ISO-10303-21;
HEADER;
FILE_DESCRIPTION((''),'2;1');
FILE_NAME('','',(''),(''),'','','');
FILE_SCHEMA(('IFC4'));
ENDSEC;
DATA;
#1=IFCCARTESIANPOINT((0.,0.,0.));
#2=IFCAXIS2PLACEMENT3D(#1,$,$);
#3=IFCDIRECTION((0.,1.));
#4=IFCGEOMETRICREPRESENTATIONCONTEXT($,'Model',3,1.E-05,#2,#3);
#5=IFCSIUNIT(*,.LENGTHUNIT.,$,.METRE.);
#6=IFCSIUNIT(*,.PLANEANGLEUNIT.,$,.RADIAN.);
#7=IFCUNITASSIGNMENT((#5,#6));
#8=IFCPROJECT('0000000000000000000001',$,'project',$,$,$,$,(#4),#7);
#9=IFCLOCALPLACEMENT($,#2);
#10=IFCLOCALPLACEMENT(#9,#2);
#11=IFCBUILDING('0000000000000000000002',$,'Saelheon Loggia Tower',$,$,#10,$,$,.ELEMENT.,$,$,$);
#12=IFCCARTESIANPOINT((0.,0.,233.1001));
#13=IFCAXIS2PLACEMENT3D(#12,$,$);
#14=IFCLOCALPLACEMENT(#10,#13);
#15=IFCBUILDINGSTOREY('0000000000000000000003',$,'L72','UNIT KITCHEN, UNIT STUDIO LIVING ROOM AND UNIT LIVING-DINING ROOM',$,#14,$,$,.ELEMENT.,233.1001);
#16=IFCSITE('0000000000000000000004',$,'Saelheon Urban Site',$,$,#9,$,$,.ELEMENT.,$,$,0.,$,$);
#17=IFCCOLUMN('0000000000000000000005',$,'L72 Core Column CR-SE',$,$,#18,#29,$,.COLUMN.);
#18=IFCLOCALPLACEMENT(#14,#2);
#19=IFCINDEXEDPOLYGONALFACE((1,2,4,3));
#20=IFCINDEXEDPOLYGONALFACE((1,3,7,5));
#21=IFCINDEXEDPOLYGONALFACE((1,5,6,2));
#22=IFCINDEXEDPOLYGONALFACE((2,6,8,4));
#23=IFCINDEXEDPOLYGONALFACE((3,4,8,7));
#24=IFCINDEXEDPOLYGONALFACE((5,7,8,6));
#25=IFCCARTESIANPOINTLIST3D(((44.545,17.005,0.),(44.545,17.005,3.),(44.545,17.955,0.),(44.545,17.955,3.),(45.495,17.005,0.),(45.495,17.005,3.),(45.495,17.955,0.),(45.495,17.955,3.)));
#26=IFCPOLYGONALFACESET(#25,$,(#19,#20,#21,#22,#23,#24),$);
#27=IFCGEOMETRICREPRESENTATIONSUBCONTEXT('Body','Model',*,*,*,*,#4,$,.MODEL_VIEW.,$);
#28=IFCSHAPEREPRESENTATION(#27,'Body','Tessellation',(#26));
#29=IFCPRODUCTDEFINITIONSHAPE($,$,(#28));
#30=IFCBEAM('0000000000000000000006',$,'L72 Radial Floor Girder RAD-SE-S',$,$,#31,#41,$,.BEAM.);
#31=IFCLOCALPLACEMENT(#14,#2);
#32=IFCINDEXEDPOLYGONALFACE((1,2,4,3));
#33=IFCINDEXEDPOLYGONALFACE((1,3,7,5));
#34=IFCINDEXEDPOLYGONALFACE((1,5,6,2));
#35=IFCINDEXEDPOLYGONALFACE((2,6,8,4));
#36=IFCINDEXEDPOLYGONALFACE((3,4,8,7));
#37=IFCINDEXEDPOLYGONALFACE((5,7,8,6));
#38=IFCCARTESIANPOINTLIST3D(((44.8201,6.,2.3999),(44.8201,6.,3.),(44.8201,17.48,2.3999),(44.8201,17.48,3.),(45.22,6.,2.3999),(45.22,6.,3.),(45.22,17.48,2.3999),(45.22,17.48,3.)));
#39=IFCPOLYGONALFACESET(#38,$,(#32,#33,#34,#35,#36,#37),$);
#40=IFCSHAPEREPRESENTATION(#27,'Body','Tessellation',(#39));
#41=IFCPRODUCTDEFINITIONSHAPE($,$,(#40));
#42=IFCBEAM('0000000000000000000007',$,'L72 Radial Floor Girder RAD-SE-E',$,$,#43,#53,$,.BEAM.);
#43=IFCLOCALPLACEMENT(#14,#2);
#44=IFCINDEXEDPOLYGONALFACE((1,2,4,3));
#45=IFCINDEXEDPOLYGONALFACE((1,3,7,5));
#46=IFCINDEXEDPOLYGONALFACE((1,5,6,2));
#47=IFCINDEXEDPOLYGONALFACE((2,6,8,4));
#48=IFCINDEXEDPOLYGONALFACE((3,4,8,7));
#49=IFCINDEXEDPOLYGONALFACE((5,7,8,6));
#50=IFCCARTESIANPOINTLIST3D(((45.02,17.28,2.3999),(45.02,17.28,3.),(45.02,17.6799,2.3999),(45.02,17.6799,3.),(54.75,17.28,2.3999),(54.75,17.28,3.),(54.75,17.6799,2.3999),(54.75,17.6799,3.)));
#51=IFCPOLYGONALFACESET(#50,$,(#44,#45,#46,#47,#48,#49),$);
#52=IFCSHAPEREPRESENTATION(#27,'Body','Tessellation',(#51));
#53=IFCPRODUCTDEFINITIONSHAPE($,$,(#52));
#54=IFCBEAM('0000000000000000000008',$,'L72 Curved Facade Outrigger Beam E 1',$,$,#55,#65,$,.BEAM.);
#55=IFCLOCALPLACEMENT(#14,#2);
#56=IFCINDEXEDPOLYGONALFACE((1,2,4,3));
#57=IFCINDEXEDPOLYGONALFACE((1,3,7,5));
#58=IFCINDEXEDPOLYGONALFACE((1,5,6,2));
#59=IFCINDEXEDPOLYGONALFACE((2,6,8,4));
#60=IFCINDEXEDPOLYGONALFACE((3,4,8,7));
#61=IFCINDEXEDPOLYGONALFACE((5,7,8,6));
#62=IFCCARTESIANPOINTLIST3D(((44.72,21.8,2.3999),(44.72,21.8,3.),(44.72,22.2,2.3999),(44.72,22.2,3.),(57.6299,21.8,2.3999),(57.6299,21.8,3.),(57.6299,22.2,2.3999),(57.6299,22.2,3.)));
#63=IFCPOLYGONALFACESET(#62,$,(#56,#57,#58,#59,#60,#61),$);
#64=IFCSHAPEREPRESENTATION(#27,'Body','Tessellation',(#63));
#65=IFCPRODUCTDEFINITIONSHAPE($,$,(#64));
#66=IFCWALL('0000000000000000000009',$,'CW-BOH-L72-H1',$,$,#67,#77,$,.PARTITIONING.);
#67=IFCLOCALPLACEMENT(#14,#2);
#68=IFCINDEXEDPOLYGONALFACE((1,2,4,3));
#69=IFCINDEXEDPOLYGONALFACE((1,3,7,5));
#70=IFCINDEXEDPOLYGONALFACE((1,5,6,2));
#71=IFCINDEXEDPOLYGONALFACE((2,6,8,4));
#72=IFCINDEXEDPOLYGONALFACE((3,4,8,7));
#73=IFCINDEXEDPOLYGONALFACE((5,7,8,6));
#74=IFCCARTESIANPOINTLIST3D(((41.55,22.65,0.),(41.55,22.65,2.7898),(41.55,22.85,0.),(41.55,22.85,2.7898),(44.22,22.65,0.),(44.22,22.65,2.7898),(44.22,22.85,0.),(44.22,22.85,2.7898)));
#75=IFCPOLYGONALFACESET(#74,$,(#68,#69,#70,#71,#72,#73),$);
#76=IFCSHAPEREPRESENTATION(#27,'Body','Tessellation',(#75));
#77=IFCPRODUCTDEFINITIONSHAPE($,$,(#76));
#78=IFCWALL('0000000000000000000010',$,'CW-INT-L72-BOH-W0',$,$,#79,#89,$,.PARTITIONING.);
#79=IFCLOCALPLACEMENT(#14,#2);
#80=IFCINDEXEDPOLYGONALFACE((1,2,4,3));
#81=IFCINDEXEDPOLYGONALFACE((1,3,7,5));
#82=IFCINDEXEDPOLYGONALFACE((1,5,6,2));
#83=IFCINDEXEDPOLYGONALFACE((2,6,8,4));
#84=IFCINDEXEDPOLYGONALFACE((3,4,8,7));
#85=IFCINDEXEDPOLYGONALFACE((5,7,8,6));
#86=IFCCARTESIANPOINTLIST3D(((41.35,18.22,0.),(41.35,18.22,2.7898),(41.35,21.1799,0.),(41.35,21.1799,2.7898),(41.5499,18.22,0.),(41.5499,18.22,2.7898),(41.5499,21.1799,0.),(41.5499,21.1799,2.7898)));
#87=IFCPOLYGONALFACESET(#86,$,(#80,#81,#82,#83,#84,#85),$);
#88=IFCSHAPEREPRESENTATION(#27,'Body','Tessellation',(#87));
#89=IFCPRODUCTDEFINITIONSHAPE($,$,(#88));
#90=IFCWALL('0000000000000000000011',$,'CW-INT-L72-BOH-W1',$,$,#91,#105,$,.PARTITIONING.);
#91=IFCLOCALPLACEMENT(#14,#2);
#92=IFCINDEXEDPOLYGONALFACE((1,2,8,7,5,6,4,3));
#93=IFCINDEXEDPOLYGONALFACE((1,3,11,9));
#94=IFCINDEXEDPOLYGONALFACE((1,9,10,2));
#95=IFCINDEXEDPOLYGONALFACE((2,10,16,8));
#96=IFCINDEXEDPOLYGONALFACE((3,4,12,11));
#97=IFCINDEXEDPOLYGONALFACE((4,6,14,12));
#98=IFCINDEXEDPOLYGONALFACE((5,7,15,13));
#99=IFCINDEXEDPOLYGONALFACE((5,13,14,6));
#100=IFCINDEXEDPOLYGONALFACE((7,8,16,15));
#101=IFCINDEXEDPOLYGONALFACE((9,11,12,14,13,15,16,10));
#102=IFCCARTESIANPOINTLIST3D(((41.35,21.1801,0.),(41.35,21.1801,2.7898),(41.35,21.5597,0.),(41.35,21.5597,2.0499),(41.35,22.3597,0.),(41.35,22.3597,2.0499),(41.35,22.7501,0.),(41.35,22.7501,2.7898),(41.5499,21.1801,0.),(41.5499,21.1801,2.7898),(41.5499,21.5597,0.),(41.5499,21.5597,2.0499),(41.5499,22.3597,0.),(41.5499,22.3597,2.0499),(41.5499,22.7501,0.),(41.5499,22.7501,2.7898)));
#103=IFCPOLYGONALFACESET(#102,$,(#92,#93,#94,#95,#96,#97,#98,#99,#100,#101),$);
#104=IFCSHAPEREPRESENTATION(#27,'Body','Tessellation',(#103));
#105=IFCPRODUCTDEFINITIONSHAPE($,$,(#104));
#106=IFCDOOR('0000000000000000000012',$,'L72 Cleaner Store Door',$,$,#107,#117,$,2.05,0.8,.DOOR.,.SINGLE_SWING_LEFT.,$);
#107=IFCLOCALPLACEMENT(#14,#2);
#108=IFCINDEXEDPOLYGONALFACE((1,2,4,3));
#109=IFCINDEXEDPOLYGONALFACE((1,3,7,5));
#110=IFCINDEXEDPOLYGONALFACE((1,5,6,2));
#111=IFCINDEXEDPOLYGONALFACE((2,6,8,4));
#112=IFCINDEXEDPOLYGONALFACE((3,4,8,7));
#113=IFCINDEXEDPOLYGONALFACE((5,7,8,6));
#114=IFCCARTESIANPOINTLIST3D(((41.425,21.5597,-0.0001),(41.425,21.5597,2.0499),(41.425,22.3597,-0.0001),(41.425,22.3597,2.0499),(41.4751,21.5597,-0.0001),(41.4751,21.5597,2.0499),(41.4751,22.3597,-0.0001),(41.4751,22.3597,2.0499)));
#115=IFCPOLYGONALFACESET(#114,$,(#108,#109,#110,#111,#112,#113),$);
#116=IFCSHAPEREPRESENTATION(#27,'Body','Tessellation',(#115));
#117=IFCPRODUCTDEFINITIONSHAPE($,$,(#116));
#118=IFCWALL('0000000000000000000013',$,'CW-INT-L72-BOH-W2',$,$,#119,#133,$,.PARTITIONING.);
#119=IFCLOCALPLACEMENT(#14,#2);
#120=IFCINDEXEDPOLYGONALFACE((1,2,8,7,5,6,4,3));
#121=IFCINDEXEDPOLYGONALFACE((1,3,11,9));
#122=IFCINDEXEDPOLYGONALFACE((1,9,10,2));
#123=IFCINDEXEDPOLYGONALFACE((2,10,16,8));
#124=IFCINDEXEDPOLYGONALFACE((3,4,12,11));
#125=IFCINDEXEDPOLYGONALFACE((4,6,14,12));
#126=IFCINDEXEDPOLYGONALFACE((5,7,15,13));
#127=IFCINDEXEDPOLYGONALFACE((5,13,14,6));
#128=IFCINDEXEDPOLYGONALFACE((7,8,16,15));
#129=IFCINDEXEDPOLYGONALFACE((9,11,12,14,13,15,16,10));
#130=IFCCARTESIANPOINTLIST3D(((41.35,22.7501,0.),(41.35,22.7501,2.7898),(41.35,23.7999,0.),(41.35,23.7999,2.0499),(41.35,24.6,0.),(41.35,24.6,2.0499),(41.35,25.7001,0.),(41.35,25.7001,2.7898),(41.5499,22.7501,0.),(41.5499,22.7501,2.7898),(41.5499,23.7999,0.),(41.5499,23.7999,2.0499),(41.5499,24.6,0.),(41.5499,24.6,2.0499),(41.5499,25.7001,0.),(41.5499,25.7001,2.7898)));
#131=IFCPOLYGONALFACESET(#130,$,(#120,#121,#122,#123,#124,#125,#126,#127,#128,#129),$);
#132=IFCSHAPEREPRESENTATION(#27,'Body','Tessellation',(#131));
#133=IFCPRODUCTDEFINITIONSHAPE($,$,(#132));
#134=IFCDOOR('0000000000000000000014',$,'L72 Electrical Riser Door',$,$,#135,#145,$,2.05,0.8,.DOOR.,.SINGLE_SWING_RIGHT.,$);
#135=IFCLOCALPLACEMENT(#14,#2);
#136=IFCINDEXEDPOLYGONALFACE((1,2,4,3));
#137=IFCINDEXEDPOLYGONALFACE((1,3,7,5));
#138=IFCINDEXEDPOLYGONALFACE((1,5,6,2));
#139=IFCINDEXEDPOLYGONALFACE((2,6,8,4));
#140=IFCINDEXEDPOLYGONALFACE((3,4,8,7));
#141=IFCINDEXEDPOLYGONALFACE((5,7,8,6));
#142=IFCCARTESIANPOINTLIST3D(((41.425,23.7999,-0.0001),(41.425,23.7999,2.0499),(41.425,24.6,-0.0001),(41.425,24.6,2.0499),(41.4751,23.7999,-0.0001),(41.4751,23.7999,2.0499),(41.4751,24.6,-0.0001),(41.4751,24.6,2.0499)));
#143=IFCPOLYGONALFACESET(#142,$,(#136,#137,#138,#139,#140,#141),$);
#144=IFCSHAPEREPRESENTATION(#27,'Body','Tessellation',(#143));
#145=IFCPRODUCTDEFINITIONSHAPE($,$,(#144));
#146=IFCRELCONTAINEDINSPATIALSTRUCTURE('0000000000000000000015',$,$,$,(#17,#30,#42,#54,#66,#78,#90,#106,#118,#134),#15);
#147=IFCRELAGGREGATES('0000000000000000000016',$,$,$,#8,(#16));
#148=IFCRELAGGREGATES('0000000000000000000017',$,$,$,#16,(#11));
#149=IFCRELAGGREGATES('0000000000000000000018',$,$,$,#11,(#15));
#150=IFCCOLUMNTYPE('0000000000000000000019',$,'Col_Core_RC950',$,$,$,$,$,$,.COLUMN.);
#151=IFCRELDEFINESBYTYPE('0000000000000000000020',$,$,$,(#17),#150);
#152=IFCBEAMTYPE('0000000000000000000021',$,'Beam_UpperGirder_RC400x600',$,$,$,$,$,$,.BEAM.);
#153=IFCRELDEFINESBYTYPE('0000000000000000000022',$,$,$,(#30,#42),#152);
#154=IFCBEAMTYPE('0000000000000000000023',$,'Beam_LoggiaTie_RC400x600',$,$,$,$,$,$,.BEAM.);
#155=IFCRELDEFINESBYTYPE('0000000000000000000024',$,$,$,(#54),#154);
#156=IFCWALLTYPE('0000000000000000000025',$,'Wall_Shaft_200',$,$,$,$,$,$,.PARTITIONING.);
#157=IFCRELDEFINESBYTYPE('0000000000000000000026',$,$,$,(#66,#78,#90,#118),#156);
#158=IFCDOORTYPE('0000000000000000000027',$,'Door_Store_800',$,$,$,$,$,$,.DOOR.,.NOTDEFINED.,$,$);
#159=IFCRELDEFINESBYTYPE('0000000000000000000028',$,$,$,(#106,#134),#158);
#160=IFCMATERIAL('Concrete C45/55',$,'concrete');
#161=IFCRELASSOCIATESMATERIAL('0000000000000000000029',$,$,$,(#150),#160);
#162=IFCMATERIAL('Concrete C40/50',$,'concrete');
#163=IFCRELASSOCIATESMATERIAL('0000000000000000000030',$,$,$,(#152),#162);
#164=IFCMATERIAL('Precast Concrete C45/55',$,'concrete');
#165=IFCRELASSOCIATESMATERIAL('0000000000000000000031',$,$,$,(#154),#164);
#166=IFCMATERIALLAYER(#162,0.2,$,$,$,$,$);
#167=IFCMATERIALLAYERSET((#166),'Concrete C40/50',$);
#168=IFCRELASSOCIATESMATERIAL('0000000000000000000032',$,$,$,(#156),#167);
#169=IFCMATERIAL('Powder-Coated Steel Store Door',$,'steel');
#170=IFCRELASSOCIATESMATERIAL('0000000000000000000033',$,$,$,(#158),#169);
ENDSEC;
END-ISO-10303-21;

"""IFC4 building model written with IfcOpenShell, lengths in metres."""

from ifc_helpers import new_model, si_unit, direction, frame, frame_2d, origin, origin_2d, place, context, subcontext, project, spatial, rectangle, extrude, source, transform, mapped, material, layer, layer_set, material_profile, profile_set, type_object, element, fill, save


model = new_model("IFC4")

# Units and contexts
model_context = context("Model", 3, precision=1e-05, world=origin(), true_north=direction((0.0, 1.0)))
body_context = subcontext(model_context, "Body", "Model", "MODEL_VIEW")
ifc_project = project(units=[si_unit("LENGTHUNIT", "METRE"), si_unit("PLANEANGLEUNIT", "RADIAN")], contexts=[model_context])

# Site, building, storey
site_placement = place(None, origin())
site = spatial("IfcSite", under=ifc_project, at=site_placement, Name="Saelheon Urban Site", CompositionType="ELEMENT", RefElevation=0.0)
building_placement = place(site_placement, origin())
building = spatial("IfcBuilding", under=site, at=building_placement, Name="Saelheon Loggia Tower", CompositionType="ELEMENT")
storey_placement = place(building_placement, frame((0.0, 0.0, 233.1001)))
storey = spatial("IfcBuildingStorey", under=building, at=storey_placement, Name="L72", Description="UNIT KITCHEN, UNIT STUDIO LIVING ROOM AND UNIT LIVING-DINING ROOM", CompositionType="ELEMENT", Elevation=233.1001)

# Column
ifc_material_1 = material(Name="Concrete C45/55", Category="concrete")
ifc_material_profile_1 = material_profile(ifc_material_1, rectangle(XDim=0.95, YDim=0.95, at=origin_2d()), Name="RC-950x950")
ifc_profile_set_1 = profile_set([ifc_material_profile_1], Name="Concrete C45/55")
column_type = type_object("IfcColumnType", Name="Col_Core_RC950", PredefinedType="COLUMN", material=ifc_profile_set_1)
shared_shape_1 = source(origin(), body_context, "Body", "SweptSolid", [
    extrude(rectangle(XDim=0.95, YDim=0.95, at=origin_2d()), origin(), (0.0, 0.0, 1.0), 3.0),
])
column_placement = place(storey_placement, frame((45.02, 17.48, 0.0), z_axis=(0.0, 0.0, 1.0), x_axis=(1.0, 0.0, 0.0)))
element("IfcColumn", 1, at=column_placement, inside=storey, type_object=column_type, Name="L72 Core Column CR-SE", PredefinedType="COLUMN", context=body_context, shape_type="MappedRepresentation", body=[
    mapped(shared_shape_1, transform((0.0, 0.0, 0.0), scale=1.0)),
])

# Beams
ifc_material_2 = material(Name="Concrete C40/50", Category="concrete")
ifc_material_profile_2 = material_profile(ifc_material_2, rectangle(XDim=0.3999, YDim=0.6001, at=origin_2d()), Name="RC-400x600")
ifc_profile_set_2 = profile_set([ifc_material_profile_2], Name="Concrete C40/50")
beam_type_1 = type_object("IfcBeamType", Name="Beam_UpperGirder_RC400x600", PredefinedType="BEAM", material=ifc_profile_set_2)
shared_shape_2 = source(origin(), body_context, "Body", "SweptSolid", [
    extrude(rectangle(XDim=0.3999, YDim=0.6001, at=origin_2d()), origin(), (0.0, 0.0, 1.0), 11.48),
])
beam_1_placement = place(storey_placement, frame((45.02, 17.48, 2.7), z_axis=(0.0, -1.0, 0.0), x_axis=(1.0, 0.0, 0.0)))
element("IfcBeam", 2, at=beam_1_placement, inside=storey, type_object=beam_type_1, Name="L72 Radial Floor Girder RAD-SE-S", PredefinedType="BEAM", context=body_context, shape_type="MappedRepresentation", body=[
    mapped(shared_shape_2, transform((0.0, 0.0, 0.0), scale=1.0)),
])
shared_shape_3 = source(origin(), body_context, "Body", "SweptSolid", [
    extrude(rectangle(XDim=0.3999, YDim=0.6001, at=origin_2d()), origin(), (0.0, 0.0, 1.0), 9.73),
])
beam_2_placement = place(storey_placement, frame((45.02, 17.48, 2.7), z_axis=(1.0, 0.0, 0.0), x_axis=(0.0, 1.0, 0.0)))
element("IfcBeam", 3, at=beam_2_placement, inside=storey, type_object=beam_type_1, Name="L72 Radial Floor Girder RAD-SE-E", PredefinedType="BEAM", context=body_context, shape_type="MappedRepresentation", body=[
    mapped(shared_shape_3, transform((0.0, 0.0, 0.0), scale=1.0)),
])
ifc_material_3 = material(Name="Precast Concrete C45/55", Category="concrete")
ifc_material_profile_3 = material_profile(ifc_material_3, rectangle(XDim=0.3999, YDim=0.6001, at=origin_2d()), Name="RC-400x600")
ifc_profile_set_3 = profile_set([ifc_material_profile_3], Name="Precast Concrete C45/55")
beam_type_2 = type_object("IfcBeamType", Name="Beam_LoggiaTie_RC400x600", PredefinedType="BEAM", material=ifc_profile_set_3)
shared_shape_4 = source(origin(), body_context, "Body", "SweptSolid", [
    extrude(rectangle(XDim=0.3999, YDim=0.6001, at=origin_2d()), origin(), (0.0, 0.0, 1.0), 12.9099),
])
beam_3_placement = place(storey_placement, frame((44.72, 22.0, 2.7), z_axis=(1.0, 0.0, 0.0), x_axis=(0.0, 1.0, 0.0)))
element("IfcBeam", 4, at=beam_3_placement, inside=storey, type_object=beam_type_2, Name="L72 Curved Facade Outrigger Beam E 1", PredefinedType="BEAM", context=body_context, shape_type="MappedRepresentation", body=[
    mapped(shared_shape_4, transform((0.0, 0.0, 0.0), scale=1.0)),
])

# Walls
ifc_layer = layer(ifc_material_2, 0.2)
ifc_layer_set = layer_set([ifc_layer], Name="Concrete C40/50")
wall_type = type_object("IfcWallType", Name="Wall_Shaft_200", PredefinedType="PARTITIONING", material=ifc_layer_set)
wall_1_placement = place(storey_placement, frame((41.55, 22.75, 0.0), z_axis=(0.0, 0.0, 1.0), x_axis=(1.0, 0.0, 0.0)))
element("IfcWall", 5, at=wall_1_placement, inside=storey, type_object=wall_type, Name="CW-BOH-L72-H1", PredefinedType="PARTITIONING", context=body_context, shape_type="SweptSolid", body=[
    extrude(rectangle(XDim=2.6699, YDim=0.2, at=frame_2d((1.335, 0.0))), origin(), (0.0, 0.0, 1.0), 2.7898),
])
wall_2_placement = place(storey_placement, frame((41.45, 18.22, 0.0), z_axis=(0.0, 0.0, 1.0), x_axis=(0.0, 1.0, 0.0)))
element("IfcWall", 6, at=wall_2_placement, inside=storey, type_object=wall_type, Name="CW-INT-L72-BOH-W0", PredefinedType="PARTITIONING", context=body_context, shape_type="SweptSolid", body=[
    extrude(rectangle(XDim=2.96, YDim=0.2, at=frame_2d((1.48, 0.0))), origin(), (0.0, 0.0, 1.0), 2.7898),
])

# Walls, openings, doors
wall_3_placement = place(storey_placement, frame((41.45, 21.1799, 0.0), z_axis=(0.0, 0.0, 1.0), x_axis=(0.0, 1.0, 0.0)))
wall_3 = element("IfcWall", 7, at=wall_3_placement, inside=storey, type_object=wall_type, Name="CW-INT-L72-BOH-W1", PredefinedType="PARTITIONING", context=body_context, shape_type="SweptSolid", body=[
    extrude(rectangle(XDim=1.5701, YDim=0.2, at=frame_2d((0.7852, 0.0))), origin(), (0.0, 0.0, 1.0), 2.7898),
])
opening_1_placement = place(wall_3_placement, frame((0.3799, 0.0, 0.0)))
opening_1 = element("IfcOpeningElement", 8, at=opening_1_placement, cuts=wall_3, PredefinedType="OPENING", context=body_context, shape_type="SweptSolid", body=[
    extrude(rectangle(XDim=0.8, YDim=2.05, at=frame_2d((0.3999, 1.0249))), frame((0.0, 0.1121, 0.0), z_axis=(0.0, -1.0, 0.0), x_axis=(1.0, 0.0, 0.0)), (0.0, 0.0, 1.0), 0.2239),
])
ifc_material_4 = material(Name="Powder-Coated Steel Store Door", Category="steel")
door_type = type_object("IfcDoorType", Name="Door_Store_800", OperationType="NOTDEFINED", PredefinedType="DOOR", material=ifc_material_4)
shared_shape_5 = source(origin(), body_context, "Body", "SweptSolid", [
    extrude(rectangle(XDim=0.8, YDim=2.05, at=frame_2d((0.3999, 1.0249))), frame((0.0, 0.0249, 0.0), z_axis=(0.0, -1.0, 0.0), x_axis=(1.0, 0.0, 0.0)), (0.0, 0.0, 1.0), 0.05),
])
door_1_placement = place(opening_1_placement, origin())
door_1 = element("IfcDoor", 9, at=door_1_placement, inside=storey, type_object=door_type, Name="L72 Cleaner Store Door", OperationType="SINGLE_SWING_LEFT", OverallHeight=2.05, OverallWidth=0.8, PredefinedType="DOOR", context=body_context, shape_type="MappedRepresentation", body=[
    mapped(shared_shape_5, transform((0.0, 0.0, 0.0), scale=1.0)),
])
fill(opening_1, door_1)
wall_4_placement = place(storey_placement, frame((41.45, 22.75, 0.0), z_axis=(0.0, 0.0, 1.0), x_axis=(0.0, 1.0, 0.0)))
wall_4 = element("IfcWall", 10, at=wall_4_placement, inside=storey, type_object=wall_type, Name="CW-INT-L72-BOH-W2", PredefinedType="PARTITIONING", context=body_context, shape_type="SweptSolid", body=[
    extrude(rectangle(XDim=2.95, YDim=0.2, at=frame_2d((1.4751, 0.0))), origin(), (0.0, 0.0, 1.0), 2.7898),
])
opening_2_placement = place(wall_4_placement, frame((1.05, 0.0, 0.0)))
opening_2 = element("IfcOpeningElement", 11, at=opening_2_placement, cuts=wall_4, PredefinedType="OPENING", context=body_context, shape_type="SweptSolid", body=[
    extrude(rectangle(XDim=0.8, YDim=2.05, at=frame_2d((0.3999, 1.0249))), frame((0.0, 0.1121, 0.0), z_axis=(0.0, -1.0, 0.0), x_axis=(1.0, 0.0, 0.0)), (0.0, 0.0, 1.0), 0.2239),
])
door_2_placement = place(opening_2_placement, origin())
door_2 = element("IfcDoor", 12, at=door_2_placement, inside=storey, type_object=door_type, Name="L72 Electrical Riser Door", OperationType="SINGLE_SWING_RIGHT", OverallHeight=2.05, OverallWidth=0.8, PredefinedType="DOOR", context=body_context, shape_type="MappedRepresentation", body=[
    mapped(shared_shape_5, transform((0.0, 0.0, 0.0), scale=1.0)),
])
fill(opening_2, door_2)

save(model, "model.ifc")
